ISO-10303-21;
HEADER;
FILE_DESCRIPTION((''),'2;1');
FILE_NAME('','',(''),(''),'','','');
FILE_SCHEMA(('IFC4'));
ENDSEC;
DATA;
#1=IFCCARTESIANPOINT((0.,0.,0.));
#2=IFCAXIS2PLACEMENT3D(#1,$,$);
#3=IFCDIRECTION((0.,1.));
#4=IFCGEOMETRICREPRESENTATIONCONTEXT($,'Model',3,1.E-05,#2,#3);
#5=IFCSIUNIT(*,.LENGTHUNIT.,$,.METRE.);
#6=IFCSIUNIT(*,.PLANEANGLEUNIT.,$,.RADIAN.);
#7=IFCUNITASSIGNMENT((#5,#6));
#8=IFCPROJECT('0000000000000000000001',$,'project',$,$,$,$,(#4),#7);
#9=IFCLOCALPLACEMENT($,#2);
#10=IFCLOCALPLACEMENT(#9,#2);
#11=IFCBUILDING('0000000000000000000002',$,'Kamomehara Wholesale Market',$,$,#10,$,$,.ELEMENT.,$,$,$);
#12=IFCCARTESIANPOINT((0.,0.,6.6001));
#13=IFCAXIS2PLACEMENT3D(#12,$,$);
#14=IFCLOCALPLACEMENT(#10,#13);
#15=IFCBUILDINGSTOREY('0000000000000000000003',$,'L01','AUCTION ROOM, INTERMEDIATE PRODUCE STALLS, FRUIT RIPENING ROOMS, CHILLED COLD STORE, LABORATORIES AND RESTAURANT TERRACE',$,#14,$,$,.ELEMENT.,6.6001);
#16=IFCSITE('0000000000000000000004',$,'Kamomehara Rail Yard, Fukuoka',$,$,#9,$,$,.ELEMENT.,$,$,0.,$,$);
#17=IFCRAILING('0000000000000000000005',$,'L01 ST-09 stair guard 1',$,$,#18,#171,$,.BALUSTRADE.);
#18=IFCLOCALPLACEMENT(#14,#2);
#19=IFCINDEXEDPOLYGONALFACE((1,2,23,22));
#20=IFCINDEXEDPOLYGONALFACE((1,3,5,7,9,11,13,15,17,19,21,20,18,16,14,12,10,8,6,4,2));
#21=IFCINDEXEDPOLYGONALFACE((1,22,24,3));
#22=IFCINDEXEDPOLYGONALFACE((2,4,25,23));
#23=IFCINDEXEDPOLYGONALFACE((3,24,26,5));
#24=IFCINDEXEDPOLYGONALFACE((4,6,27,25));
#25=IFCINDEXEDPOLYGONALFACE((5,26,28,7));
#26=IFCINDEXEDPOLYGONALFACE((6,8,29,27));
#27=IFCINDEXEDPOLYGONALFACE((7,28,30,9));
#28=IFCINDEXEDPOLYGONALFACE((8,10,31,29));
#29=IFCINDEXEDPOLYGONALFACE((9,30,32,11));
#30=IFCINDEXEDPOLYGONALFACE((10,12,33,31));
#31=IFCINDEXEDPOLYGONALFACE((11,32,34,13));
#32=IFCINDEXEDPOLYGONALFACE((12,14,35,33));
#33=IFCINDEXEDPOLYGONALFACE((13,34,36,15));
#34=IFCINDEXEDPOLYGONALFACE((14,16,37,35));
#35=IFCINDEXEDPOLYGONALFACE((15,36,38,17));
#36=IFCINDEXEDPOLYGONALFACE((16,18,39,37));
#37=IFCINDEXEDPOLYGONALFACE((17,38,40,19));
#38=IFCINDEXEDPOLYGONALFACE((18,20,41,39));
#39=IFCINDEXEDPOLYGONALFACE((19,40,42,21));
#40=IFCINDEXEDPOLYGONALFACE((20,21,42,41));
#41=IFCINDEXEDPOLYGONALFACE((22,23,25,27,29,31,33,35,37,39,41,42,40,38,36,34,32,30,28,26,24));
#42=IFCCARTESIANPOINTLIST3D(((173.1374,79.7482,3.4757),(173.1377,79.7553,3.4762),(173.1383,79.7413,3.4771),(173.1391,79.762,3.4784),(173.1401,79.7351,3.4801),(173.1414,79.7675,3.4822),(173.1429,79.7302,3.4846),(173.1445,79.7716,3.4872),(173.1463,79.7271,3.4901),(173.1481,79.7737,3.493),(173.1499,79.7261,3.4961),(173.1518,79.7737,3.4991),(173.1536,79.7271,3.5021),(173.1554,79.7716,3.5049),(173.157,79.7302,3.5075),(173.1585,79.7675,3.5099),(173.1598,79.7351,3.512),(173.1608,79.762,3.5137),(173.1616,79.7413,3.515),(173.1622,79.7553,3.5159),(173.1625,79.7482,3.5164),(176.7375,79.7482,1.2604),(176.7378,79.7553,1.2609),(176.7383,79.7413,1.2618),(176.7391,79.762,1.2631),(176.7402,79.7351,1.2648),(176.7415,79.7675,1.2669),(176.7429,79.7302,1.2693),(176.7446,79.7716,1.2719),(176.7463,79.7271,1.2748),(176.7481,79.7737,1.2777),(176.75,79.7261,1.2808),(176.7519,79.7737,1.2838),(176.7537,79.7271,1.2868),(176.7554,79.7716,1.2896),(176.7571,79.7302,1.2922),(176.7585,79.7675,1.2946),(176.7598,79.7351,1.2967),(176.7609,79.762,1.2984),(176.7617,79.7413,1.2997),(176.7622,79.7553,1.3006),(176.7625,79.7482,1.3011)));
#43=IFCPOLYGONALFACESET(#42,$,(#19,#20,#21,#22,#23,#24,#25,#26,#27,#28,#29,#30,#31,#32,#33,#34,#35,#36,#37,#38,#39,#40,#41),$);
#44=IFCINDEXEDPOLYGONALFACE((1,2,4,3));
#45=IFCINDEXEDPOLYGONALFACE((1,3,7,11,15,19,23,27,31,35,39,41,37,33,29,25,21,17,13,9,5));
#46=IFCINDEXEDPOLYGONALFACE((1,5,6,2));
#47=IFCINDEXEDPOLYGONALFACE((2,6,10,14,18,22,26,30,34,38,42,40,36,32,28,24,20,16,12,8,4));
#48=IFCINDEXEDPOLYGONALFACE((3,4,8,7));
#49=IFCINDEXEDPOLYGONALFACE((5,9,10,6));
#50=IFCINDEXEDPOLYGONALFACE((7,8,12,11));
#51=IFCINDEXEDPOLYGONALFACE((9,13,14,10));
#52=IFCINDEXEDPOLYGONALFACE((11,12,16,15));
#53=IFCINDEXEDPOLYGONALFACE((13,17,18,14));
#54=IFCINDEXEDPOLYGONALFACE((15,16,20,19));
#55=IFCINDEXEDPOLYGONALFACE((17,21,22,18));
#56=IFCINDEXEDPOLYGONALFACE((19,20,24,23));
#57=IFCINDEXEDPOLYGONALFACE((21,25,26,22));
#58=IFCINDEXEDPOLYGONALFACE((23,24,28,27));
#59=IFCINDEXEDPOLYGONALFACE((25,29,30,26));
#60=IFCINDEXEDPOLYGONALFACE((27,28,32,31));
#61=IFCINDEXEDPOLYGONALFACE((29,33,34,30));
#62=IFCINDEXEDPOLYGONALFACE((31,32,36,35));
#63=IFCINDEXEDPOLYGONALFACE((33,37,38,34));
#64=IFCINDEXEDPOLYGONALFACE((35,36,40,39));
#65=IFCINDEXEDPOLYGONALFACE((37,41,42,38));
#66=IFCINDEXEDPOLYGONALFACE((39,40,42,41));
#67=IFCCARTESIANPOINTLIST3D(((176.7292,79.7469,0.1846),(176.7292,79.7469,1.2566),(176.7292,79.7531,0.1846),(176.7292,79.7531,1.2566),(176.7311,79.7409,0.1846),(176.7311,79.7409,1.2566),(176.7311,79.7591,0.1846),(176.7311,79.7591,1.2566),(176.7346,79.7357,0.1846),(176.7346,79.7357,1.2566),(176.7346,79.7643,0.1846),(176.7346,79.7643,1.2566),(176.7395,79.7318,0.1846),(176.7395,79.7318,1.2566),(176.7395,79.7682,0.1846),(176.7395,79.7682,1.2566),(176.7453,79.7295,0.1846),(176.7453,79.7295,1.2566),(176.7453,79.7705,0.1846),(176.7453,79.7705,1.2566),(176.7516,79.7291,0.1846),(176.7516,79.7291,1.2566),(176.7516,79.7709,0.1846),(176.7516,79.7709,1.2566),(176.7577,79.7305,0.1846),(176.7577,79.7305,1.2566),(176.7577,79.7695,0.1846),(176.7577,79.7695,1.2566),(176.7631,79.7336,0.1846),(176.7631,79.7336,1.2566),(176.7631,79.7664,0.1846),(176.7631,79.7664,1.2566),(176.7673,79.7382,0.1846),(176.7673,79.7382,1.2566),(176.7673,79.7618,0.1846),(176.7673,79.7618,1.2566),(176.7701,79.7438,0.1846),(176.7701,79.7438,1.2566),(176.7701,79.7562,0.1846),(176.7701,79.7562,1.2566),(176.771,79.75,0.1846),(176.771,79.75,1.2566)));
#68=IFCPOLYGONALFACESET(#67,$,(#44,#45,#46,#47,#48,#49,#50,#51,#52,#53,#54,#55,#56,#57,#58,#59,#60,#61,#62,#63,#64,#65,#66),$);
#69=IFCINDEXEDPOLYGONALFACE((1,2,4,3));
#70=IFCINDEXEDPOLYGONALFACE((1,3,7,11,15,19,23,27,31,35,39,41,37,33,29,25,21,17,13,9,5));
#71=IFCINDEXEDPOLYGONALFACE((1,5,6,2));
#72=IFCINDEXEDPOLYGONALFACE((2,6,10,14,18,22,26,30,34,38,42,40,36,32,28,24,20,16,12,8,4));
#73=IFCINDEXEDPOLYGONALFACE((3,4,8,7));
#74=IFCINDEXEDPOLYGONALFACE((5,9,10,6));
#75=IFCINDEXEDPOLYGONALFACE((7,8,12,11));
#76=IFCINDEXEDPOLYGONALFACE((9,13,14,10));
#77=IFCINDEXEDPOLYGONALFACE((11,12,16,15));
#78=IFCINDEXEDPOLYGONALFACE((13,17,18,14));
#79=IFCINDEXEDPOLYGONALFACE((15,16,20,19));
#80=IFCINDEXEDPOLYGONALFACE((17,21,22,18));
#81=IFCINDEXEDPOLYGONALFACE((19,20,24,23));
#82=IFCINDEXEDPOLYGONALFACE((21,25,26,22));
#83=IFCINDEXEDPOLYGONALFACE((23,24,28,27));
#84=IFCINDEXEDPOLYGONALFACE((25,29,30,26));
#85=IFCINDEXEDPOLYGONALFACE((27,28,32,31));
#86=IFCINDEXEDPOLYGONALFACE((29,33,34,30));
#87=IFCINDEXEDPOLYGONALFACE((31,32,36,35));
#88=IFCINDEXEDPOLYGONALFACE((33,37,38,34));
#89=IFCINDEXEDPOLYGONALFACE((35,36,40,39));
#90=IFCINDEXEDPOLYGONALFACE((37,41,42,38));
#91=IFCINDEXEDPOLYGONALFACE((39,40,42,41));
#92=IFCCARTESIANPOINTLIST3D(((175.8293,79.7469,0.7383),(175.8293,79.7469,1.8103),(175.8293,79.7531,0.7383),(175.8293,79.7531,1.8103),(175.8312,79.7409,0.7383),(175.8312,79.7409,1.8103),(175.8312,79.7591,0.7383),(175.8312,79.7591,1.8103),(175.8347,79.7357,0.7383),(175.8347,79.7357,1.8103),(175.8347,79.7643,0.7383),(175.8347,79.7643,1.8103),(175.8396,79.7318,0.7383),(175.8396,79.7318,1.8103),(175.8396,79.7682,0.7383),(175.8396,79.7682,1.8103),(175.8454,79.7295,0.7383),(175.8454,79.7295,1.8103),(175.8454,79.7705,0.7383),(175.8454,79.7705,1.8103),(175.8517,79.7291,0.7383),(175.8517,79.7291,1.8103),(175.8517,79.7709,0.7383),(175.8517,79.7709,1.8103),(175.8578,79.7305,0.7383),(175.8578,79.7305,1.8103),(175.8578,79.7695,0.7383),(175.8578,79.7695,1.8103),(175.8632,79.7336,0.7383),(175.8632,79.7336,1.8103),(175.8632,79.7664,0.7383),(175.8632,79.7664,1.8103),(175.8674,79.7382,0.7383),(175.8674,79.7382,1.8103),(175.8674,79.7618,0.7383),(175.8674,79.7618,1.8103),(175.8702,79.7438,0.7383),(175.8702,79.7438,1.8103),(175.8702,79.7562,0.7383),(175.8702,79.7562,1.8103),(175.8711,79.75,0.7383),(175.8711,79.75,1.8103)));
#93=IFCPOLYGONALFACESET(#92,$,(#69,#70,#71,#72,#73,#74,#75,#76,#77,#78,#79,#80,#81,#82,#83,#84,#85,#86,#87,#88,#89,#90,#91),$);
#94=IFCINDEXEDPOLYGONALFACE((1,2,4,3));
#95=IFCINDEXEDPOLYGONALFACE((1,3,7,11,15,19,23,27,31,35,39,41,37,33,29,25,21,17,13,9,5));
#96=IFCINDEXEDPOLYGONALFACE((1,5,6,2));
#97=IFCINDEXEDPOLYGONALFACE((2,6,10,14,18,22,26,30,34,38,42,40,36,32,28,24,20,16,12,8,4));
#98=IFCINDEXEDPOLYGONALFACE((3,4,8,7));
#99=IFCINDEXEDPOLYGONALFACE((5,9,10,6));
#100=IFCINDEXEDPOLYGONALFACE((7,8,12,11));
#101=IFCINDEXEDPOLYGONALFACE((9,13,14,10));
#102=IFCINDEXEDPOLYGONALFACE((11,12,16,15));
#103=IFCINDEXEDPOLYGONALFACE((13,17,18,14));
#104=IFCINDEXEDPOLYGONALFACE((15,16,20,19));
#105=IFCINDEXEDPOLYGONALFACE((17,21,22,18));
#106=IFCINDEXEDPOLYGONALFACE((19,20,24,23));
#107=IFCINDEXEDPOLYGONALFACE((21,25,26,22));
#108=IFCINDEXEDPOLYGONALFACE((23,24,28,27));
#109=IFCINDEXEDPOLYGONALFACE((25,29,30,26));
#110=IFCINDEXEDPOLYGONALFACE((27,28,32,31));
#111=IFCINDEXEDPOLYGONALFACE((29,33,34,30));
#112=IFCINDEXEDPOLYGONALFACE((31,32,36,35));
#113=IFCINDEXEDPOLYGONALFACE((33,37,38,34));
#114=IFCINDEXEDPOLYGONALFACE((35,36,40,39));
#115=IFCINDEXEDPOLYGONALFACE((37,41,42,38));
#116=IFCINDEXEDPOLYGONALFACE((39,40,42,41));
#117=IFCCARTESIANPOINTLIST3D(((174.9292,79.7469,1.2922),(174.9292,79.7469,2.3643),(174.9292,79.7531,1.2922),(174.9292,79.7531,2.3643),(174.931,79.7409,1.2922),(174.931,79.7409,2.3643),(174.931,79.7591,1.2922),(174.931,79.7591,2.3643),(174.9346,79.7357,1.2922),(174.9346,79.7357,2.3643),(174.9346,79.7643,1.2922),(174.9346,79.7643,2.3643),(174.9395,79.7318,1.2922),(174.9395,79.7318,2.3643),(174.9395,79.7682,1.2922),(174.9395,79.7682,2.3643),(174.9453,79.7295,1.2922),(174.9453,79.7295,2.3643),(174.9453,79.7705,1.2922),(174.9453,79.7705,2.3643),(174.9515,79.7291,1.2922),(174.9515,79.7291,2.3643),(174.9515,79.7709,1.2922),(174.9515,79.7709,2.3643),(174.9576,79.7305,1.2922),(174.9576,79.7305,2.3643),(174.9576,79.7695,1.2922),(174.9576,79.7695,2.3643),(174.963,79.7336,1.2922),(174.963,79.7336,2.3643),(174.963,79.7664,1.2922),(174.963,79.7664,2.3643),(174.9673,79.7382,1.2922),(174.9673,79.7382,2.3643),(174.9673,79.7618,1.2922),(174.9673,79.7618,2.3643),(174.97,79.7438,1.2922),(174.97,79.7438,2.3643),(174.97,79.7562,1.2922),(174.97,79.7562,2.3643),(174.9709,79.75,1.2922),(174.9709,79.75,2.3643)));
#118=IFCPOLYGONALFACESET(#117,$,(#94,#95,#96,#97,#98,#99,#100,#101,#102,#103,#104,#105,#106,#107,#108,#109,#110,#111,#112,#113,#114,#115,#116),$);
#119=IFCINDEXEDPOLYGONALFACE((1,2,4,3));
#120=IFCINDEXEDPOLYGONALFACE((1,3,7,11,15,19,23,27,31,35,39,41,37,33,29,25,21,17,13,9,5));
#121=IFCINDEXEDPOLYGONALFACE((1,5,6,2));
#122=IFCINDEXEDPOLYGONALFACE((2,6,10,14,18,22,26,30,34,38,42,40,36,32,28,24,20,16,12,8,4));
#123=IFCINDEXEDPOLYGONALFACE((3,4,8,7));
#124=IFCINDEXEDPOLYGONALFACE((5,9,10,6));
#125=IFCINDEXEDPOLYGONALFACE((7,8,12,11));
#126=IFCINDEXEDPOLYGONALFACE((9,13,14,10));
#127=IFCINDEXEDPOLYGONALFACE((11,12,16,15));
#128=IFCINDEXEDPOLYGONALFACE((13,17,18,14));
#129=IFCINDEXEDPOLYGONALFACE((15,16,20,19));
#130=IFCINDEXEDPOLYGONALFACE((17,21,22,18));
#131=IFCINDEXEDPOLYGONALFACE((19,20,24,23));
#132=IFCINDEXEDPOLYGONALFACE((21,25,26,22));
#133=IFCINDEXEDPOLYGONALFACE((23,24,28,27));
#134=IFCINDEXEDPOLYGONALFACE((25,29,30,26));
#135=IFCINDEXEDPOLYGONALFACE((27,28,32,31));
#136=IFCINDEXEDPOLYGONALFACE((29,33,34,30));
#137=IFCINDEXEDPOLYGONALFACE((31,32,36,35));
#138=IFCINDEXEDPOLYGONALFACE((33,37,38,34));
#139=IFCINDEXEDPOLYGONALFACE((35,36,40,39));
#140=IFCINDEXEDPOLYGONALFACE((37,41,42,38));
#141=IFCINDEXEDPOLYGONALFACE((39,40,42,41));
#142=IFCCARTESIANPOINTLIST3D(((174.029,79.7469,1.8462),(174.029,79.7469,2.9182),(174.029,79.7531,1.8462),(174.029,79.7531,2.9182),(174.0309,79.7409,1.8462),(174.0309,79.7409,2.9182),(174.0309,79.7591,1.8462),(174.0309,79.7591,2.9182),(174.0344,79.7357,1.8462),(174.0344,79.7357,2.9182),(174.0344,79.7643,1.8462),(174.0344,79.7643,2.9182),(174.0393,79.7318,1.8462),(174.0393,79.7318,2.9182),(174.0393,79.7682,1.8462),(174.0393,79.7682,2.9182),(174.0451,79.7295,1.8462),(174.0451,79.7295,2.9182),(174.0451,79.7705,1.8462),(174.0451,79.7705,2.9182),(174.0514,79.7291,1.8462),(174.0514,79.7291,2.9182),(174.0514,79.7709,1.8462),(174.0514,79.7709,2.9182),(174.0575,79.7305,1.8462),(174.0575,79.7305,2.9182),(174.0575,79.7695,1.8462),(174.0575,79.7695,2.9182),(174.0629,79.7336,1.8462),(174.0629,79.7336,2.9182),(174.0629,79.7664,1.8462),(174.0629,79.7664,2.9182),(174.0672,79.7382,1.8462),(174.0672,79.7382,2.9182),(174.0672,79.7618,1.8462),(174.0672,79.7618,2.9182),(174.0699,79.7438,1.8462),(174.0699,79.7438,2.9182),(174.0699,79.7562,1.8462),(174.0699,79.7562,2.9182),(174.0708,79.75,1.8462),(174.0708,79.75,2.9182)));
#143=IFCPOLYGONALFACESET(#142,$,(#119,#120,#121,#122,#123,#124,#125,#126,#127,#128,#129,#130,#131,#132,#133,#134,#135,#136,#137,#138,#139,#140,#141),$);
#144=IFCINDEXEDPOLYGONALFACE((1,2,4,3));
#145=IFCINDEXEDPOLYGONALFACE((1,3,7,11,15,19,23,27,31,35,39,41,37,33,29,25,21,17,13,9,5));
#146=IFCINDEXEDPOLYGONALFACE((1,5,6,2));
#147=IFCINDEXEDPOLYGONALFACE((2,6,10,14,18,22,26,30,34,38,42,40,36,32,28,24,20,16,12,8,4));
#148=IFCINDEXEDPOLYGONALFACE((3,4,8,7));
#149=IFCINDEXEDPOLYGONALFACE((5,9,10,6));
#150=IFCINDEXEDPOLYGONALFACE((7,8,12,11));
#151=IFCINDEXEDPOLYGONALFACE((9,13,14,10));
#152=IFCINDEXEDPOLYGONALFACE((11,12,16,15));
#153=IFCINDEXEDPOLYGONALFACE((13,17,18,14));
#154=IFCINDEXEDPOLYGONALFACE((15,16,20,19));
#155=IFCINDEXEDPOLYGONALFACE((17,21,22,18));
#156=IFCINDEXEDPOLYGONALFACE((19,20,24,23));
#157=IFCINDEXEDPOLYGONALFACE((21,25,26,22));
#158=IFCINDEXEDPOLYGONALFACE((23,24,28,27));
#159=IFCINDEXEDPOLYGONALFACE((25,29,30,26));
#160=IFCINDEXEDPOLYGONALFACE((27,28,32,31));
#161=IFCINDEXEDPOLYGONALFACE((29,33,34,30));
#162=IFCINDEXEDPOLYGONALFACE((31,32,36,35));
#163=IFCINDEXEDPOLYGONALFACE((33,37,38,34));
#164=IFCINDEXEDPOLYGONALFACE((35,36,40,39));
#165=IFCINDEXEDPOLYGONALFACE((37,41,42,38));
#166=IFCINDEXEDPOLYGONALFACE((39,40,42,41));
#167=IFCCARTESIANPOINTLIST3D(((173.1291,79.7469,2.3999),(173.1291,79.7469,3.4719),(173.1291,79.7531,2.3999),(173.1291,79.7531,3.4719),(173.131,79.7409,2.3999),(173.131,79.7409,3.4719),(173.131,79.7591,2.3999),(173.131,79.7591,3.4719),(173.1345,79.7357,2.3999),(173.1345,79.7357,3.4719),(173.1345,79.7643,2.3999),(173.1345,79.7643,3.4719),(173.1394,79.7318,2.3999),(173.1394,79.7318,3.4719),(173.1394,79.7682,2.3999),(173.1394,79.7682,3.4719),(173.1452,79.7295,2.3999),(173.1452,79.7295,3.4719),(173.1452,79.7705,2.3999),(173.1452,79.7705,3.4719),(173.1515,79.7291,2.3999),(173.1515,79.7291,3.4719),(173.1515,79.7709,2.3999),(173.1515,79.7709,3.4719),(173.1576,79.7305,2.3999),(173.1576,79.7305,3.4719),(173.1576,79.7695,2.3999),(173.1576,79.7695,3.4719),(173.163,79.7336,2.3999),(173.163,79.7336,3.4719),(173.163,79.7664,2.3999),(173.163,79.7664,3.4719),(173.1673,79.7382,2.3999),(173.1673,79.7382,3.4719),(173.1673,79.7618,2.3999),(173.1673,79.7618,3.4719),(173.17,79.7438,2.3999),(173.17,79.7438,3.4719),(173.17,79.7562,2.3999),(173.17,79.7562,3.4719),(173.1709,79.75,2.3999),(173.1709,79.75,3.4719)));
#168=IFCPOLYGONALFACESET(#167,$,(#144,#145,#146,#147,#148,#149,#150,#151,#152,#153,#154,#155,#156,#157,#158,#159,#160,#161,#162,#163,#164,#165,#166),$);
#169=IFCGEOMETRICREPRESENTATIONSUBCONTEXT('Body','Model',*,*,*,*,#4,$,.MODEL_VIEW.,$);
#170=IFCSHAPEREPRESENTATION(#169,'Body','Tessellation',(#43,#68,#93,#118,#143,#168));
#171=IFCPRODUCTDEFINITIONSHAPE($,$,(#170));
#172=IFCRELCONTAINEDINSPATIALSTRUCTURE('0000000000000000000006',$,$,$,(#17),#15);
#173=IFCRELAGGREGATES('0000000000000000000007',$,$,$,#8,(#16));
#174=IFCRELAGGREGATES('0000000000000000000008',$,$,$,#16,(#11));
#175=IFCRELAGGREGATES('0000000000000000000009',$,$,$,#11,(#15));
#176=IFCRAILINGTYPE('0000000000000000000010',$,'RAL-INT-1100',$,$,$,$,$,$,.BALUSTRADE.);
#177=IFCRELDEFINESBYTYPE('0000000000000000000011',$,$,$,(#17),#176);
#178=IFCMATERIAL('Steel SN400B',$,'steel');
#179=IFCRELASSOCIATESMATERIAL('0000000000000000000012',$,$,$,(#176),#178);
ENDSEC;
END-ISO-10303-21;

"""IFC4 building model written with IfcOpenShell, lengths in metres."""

from ifc_helpers import new_model, si_unit, direction, frame, origin, origin_2d, place, context, subcontext, project, spatial, circle, extrude, material, type_object, element, save


model = new_model("IFC4")

# Units and contexts
model_context = context("Model", 3, precision=1e-05, world=origin(), true_north=direction((0.0, 1.0)))
body_context = subcontext(model_context, "Body", "Model", "MODEL_VIEW")
ifc_project = project(units=[si_unit("LENGTHUNIT", "METRE"), si_unit("PLANEANGLEUNIT", "RADIAN")], contexts=[model_context])

# Site, building, storey
site_placement = place(None, origin())
site = spatial("IfcSite", under=ifc_project, at=site_placement, Name="Kamomehara Rail Yard, Fukuoka", CompositionType="ELEMENT", RefElevation=0.0)
building_placement = place(site_placement, origin())
building = spatial("IfcBuilding", under=site, at=building_placement, Name="Kamomehara Wholesale Market", CompositionType="ELEMENT")
storey_placement = place(building_placement, frame((0.0, 0.0, 6.6001)))
storey = spatial("IfcBuildingStorey", under=building, at=storey_placement, Name="L01", Description="AUCTION ROOM, INTERMEDIATE PRODUCE STALLS, FRUIT RIPENING ROOMS, CHILLED COLD STORE, LABORATORIES AND RESTAURANT TERRACE", CompositionType="ELEMENT", Elevation=6.6001)

# Railing
ifc_material_1 = material(Name="Steel SN400B", Category="steel")
railing_type_1 = type_object("IfcRailingType", Name="RAL-INT-1100", PredefinedType="BALUSTRADE", material=ifc_material_1)
railing_1_placement = place(storey_placement, frame((176.75, 79.75, 0.1846)))
element("IfcRailing", 1, at=railing_1_placement, inside=storey, type_object=railing_type_1, Name="L01 ST-09 stair guard 1", PredefinedType="BALUSTRADE", context=body_context, shape_type="SweptSolid", body=[
    extrude(circle(Radius=0.0239, at=origin_2d()), frame((0.0, 0.0, 1.0962), z_axis=(-0.85167, 0.0, 0.524078), x_axis=(0.0, -1.0, 0.0)), (0.0, 0.0, 1.0), 4.2271),
    extrude(circle(Radius=0.021, at=origin_2d()), origin(), (0.0, 0.0, 1.0), 1.072),
    extrude(circle(Radius=0.021, at=origin_2d()), frame((-0.8999, 0.0, 0.5537)), (0.0, 0.0, 1.0), 1.072),
    extrude(circle(Radius=0.021, at=origin_2d()), frame((-1.8, 0.0, 1.1077)), (0.0, 0.0, 1.0), 1.072),
    extrude(circle(Radius=0.021, at=origin_2d()), frame((-2.7002, 0.0, 1.6616)), (0.0, 0.0, 1.0), 1.072),
    extrude(circle(Radius=0.021, at=origin_2d()), frame((-3.6001, 0.0, 2.2153)), (0.0, 0.0, 1.0), 1.072),
])

save(model, "model.ifc")
